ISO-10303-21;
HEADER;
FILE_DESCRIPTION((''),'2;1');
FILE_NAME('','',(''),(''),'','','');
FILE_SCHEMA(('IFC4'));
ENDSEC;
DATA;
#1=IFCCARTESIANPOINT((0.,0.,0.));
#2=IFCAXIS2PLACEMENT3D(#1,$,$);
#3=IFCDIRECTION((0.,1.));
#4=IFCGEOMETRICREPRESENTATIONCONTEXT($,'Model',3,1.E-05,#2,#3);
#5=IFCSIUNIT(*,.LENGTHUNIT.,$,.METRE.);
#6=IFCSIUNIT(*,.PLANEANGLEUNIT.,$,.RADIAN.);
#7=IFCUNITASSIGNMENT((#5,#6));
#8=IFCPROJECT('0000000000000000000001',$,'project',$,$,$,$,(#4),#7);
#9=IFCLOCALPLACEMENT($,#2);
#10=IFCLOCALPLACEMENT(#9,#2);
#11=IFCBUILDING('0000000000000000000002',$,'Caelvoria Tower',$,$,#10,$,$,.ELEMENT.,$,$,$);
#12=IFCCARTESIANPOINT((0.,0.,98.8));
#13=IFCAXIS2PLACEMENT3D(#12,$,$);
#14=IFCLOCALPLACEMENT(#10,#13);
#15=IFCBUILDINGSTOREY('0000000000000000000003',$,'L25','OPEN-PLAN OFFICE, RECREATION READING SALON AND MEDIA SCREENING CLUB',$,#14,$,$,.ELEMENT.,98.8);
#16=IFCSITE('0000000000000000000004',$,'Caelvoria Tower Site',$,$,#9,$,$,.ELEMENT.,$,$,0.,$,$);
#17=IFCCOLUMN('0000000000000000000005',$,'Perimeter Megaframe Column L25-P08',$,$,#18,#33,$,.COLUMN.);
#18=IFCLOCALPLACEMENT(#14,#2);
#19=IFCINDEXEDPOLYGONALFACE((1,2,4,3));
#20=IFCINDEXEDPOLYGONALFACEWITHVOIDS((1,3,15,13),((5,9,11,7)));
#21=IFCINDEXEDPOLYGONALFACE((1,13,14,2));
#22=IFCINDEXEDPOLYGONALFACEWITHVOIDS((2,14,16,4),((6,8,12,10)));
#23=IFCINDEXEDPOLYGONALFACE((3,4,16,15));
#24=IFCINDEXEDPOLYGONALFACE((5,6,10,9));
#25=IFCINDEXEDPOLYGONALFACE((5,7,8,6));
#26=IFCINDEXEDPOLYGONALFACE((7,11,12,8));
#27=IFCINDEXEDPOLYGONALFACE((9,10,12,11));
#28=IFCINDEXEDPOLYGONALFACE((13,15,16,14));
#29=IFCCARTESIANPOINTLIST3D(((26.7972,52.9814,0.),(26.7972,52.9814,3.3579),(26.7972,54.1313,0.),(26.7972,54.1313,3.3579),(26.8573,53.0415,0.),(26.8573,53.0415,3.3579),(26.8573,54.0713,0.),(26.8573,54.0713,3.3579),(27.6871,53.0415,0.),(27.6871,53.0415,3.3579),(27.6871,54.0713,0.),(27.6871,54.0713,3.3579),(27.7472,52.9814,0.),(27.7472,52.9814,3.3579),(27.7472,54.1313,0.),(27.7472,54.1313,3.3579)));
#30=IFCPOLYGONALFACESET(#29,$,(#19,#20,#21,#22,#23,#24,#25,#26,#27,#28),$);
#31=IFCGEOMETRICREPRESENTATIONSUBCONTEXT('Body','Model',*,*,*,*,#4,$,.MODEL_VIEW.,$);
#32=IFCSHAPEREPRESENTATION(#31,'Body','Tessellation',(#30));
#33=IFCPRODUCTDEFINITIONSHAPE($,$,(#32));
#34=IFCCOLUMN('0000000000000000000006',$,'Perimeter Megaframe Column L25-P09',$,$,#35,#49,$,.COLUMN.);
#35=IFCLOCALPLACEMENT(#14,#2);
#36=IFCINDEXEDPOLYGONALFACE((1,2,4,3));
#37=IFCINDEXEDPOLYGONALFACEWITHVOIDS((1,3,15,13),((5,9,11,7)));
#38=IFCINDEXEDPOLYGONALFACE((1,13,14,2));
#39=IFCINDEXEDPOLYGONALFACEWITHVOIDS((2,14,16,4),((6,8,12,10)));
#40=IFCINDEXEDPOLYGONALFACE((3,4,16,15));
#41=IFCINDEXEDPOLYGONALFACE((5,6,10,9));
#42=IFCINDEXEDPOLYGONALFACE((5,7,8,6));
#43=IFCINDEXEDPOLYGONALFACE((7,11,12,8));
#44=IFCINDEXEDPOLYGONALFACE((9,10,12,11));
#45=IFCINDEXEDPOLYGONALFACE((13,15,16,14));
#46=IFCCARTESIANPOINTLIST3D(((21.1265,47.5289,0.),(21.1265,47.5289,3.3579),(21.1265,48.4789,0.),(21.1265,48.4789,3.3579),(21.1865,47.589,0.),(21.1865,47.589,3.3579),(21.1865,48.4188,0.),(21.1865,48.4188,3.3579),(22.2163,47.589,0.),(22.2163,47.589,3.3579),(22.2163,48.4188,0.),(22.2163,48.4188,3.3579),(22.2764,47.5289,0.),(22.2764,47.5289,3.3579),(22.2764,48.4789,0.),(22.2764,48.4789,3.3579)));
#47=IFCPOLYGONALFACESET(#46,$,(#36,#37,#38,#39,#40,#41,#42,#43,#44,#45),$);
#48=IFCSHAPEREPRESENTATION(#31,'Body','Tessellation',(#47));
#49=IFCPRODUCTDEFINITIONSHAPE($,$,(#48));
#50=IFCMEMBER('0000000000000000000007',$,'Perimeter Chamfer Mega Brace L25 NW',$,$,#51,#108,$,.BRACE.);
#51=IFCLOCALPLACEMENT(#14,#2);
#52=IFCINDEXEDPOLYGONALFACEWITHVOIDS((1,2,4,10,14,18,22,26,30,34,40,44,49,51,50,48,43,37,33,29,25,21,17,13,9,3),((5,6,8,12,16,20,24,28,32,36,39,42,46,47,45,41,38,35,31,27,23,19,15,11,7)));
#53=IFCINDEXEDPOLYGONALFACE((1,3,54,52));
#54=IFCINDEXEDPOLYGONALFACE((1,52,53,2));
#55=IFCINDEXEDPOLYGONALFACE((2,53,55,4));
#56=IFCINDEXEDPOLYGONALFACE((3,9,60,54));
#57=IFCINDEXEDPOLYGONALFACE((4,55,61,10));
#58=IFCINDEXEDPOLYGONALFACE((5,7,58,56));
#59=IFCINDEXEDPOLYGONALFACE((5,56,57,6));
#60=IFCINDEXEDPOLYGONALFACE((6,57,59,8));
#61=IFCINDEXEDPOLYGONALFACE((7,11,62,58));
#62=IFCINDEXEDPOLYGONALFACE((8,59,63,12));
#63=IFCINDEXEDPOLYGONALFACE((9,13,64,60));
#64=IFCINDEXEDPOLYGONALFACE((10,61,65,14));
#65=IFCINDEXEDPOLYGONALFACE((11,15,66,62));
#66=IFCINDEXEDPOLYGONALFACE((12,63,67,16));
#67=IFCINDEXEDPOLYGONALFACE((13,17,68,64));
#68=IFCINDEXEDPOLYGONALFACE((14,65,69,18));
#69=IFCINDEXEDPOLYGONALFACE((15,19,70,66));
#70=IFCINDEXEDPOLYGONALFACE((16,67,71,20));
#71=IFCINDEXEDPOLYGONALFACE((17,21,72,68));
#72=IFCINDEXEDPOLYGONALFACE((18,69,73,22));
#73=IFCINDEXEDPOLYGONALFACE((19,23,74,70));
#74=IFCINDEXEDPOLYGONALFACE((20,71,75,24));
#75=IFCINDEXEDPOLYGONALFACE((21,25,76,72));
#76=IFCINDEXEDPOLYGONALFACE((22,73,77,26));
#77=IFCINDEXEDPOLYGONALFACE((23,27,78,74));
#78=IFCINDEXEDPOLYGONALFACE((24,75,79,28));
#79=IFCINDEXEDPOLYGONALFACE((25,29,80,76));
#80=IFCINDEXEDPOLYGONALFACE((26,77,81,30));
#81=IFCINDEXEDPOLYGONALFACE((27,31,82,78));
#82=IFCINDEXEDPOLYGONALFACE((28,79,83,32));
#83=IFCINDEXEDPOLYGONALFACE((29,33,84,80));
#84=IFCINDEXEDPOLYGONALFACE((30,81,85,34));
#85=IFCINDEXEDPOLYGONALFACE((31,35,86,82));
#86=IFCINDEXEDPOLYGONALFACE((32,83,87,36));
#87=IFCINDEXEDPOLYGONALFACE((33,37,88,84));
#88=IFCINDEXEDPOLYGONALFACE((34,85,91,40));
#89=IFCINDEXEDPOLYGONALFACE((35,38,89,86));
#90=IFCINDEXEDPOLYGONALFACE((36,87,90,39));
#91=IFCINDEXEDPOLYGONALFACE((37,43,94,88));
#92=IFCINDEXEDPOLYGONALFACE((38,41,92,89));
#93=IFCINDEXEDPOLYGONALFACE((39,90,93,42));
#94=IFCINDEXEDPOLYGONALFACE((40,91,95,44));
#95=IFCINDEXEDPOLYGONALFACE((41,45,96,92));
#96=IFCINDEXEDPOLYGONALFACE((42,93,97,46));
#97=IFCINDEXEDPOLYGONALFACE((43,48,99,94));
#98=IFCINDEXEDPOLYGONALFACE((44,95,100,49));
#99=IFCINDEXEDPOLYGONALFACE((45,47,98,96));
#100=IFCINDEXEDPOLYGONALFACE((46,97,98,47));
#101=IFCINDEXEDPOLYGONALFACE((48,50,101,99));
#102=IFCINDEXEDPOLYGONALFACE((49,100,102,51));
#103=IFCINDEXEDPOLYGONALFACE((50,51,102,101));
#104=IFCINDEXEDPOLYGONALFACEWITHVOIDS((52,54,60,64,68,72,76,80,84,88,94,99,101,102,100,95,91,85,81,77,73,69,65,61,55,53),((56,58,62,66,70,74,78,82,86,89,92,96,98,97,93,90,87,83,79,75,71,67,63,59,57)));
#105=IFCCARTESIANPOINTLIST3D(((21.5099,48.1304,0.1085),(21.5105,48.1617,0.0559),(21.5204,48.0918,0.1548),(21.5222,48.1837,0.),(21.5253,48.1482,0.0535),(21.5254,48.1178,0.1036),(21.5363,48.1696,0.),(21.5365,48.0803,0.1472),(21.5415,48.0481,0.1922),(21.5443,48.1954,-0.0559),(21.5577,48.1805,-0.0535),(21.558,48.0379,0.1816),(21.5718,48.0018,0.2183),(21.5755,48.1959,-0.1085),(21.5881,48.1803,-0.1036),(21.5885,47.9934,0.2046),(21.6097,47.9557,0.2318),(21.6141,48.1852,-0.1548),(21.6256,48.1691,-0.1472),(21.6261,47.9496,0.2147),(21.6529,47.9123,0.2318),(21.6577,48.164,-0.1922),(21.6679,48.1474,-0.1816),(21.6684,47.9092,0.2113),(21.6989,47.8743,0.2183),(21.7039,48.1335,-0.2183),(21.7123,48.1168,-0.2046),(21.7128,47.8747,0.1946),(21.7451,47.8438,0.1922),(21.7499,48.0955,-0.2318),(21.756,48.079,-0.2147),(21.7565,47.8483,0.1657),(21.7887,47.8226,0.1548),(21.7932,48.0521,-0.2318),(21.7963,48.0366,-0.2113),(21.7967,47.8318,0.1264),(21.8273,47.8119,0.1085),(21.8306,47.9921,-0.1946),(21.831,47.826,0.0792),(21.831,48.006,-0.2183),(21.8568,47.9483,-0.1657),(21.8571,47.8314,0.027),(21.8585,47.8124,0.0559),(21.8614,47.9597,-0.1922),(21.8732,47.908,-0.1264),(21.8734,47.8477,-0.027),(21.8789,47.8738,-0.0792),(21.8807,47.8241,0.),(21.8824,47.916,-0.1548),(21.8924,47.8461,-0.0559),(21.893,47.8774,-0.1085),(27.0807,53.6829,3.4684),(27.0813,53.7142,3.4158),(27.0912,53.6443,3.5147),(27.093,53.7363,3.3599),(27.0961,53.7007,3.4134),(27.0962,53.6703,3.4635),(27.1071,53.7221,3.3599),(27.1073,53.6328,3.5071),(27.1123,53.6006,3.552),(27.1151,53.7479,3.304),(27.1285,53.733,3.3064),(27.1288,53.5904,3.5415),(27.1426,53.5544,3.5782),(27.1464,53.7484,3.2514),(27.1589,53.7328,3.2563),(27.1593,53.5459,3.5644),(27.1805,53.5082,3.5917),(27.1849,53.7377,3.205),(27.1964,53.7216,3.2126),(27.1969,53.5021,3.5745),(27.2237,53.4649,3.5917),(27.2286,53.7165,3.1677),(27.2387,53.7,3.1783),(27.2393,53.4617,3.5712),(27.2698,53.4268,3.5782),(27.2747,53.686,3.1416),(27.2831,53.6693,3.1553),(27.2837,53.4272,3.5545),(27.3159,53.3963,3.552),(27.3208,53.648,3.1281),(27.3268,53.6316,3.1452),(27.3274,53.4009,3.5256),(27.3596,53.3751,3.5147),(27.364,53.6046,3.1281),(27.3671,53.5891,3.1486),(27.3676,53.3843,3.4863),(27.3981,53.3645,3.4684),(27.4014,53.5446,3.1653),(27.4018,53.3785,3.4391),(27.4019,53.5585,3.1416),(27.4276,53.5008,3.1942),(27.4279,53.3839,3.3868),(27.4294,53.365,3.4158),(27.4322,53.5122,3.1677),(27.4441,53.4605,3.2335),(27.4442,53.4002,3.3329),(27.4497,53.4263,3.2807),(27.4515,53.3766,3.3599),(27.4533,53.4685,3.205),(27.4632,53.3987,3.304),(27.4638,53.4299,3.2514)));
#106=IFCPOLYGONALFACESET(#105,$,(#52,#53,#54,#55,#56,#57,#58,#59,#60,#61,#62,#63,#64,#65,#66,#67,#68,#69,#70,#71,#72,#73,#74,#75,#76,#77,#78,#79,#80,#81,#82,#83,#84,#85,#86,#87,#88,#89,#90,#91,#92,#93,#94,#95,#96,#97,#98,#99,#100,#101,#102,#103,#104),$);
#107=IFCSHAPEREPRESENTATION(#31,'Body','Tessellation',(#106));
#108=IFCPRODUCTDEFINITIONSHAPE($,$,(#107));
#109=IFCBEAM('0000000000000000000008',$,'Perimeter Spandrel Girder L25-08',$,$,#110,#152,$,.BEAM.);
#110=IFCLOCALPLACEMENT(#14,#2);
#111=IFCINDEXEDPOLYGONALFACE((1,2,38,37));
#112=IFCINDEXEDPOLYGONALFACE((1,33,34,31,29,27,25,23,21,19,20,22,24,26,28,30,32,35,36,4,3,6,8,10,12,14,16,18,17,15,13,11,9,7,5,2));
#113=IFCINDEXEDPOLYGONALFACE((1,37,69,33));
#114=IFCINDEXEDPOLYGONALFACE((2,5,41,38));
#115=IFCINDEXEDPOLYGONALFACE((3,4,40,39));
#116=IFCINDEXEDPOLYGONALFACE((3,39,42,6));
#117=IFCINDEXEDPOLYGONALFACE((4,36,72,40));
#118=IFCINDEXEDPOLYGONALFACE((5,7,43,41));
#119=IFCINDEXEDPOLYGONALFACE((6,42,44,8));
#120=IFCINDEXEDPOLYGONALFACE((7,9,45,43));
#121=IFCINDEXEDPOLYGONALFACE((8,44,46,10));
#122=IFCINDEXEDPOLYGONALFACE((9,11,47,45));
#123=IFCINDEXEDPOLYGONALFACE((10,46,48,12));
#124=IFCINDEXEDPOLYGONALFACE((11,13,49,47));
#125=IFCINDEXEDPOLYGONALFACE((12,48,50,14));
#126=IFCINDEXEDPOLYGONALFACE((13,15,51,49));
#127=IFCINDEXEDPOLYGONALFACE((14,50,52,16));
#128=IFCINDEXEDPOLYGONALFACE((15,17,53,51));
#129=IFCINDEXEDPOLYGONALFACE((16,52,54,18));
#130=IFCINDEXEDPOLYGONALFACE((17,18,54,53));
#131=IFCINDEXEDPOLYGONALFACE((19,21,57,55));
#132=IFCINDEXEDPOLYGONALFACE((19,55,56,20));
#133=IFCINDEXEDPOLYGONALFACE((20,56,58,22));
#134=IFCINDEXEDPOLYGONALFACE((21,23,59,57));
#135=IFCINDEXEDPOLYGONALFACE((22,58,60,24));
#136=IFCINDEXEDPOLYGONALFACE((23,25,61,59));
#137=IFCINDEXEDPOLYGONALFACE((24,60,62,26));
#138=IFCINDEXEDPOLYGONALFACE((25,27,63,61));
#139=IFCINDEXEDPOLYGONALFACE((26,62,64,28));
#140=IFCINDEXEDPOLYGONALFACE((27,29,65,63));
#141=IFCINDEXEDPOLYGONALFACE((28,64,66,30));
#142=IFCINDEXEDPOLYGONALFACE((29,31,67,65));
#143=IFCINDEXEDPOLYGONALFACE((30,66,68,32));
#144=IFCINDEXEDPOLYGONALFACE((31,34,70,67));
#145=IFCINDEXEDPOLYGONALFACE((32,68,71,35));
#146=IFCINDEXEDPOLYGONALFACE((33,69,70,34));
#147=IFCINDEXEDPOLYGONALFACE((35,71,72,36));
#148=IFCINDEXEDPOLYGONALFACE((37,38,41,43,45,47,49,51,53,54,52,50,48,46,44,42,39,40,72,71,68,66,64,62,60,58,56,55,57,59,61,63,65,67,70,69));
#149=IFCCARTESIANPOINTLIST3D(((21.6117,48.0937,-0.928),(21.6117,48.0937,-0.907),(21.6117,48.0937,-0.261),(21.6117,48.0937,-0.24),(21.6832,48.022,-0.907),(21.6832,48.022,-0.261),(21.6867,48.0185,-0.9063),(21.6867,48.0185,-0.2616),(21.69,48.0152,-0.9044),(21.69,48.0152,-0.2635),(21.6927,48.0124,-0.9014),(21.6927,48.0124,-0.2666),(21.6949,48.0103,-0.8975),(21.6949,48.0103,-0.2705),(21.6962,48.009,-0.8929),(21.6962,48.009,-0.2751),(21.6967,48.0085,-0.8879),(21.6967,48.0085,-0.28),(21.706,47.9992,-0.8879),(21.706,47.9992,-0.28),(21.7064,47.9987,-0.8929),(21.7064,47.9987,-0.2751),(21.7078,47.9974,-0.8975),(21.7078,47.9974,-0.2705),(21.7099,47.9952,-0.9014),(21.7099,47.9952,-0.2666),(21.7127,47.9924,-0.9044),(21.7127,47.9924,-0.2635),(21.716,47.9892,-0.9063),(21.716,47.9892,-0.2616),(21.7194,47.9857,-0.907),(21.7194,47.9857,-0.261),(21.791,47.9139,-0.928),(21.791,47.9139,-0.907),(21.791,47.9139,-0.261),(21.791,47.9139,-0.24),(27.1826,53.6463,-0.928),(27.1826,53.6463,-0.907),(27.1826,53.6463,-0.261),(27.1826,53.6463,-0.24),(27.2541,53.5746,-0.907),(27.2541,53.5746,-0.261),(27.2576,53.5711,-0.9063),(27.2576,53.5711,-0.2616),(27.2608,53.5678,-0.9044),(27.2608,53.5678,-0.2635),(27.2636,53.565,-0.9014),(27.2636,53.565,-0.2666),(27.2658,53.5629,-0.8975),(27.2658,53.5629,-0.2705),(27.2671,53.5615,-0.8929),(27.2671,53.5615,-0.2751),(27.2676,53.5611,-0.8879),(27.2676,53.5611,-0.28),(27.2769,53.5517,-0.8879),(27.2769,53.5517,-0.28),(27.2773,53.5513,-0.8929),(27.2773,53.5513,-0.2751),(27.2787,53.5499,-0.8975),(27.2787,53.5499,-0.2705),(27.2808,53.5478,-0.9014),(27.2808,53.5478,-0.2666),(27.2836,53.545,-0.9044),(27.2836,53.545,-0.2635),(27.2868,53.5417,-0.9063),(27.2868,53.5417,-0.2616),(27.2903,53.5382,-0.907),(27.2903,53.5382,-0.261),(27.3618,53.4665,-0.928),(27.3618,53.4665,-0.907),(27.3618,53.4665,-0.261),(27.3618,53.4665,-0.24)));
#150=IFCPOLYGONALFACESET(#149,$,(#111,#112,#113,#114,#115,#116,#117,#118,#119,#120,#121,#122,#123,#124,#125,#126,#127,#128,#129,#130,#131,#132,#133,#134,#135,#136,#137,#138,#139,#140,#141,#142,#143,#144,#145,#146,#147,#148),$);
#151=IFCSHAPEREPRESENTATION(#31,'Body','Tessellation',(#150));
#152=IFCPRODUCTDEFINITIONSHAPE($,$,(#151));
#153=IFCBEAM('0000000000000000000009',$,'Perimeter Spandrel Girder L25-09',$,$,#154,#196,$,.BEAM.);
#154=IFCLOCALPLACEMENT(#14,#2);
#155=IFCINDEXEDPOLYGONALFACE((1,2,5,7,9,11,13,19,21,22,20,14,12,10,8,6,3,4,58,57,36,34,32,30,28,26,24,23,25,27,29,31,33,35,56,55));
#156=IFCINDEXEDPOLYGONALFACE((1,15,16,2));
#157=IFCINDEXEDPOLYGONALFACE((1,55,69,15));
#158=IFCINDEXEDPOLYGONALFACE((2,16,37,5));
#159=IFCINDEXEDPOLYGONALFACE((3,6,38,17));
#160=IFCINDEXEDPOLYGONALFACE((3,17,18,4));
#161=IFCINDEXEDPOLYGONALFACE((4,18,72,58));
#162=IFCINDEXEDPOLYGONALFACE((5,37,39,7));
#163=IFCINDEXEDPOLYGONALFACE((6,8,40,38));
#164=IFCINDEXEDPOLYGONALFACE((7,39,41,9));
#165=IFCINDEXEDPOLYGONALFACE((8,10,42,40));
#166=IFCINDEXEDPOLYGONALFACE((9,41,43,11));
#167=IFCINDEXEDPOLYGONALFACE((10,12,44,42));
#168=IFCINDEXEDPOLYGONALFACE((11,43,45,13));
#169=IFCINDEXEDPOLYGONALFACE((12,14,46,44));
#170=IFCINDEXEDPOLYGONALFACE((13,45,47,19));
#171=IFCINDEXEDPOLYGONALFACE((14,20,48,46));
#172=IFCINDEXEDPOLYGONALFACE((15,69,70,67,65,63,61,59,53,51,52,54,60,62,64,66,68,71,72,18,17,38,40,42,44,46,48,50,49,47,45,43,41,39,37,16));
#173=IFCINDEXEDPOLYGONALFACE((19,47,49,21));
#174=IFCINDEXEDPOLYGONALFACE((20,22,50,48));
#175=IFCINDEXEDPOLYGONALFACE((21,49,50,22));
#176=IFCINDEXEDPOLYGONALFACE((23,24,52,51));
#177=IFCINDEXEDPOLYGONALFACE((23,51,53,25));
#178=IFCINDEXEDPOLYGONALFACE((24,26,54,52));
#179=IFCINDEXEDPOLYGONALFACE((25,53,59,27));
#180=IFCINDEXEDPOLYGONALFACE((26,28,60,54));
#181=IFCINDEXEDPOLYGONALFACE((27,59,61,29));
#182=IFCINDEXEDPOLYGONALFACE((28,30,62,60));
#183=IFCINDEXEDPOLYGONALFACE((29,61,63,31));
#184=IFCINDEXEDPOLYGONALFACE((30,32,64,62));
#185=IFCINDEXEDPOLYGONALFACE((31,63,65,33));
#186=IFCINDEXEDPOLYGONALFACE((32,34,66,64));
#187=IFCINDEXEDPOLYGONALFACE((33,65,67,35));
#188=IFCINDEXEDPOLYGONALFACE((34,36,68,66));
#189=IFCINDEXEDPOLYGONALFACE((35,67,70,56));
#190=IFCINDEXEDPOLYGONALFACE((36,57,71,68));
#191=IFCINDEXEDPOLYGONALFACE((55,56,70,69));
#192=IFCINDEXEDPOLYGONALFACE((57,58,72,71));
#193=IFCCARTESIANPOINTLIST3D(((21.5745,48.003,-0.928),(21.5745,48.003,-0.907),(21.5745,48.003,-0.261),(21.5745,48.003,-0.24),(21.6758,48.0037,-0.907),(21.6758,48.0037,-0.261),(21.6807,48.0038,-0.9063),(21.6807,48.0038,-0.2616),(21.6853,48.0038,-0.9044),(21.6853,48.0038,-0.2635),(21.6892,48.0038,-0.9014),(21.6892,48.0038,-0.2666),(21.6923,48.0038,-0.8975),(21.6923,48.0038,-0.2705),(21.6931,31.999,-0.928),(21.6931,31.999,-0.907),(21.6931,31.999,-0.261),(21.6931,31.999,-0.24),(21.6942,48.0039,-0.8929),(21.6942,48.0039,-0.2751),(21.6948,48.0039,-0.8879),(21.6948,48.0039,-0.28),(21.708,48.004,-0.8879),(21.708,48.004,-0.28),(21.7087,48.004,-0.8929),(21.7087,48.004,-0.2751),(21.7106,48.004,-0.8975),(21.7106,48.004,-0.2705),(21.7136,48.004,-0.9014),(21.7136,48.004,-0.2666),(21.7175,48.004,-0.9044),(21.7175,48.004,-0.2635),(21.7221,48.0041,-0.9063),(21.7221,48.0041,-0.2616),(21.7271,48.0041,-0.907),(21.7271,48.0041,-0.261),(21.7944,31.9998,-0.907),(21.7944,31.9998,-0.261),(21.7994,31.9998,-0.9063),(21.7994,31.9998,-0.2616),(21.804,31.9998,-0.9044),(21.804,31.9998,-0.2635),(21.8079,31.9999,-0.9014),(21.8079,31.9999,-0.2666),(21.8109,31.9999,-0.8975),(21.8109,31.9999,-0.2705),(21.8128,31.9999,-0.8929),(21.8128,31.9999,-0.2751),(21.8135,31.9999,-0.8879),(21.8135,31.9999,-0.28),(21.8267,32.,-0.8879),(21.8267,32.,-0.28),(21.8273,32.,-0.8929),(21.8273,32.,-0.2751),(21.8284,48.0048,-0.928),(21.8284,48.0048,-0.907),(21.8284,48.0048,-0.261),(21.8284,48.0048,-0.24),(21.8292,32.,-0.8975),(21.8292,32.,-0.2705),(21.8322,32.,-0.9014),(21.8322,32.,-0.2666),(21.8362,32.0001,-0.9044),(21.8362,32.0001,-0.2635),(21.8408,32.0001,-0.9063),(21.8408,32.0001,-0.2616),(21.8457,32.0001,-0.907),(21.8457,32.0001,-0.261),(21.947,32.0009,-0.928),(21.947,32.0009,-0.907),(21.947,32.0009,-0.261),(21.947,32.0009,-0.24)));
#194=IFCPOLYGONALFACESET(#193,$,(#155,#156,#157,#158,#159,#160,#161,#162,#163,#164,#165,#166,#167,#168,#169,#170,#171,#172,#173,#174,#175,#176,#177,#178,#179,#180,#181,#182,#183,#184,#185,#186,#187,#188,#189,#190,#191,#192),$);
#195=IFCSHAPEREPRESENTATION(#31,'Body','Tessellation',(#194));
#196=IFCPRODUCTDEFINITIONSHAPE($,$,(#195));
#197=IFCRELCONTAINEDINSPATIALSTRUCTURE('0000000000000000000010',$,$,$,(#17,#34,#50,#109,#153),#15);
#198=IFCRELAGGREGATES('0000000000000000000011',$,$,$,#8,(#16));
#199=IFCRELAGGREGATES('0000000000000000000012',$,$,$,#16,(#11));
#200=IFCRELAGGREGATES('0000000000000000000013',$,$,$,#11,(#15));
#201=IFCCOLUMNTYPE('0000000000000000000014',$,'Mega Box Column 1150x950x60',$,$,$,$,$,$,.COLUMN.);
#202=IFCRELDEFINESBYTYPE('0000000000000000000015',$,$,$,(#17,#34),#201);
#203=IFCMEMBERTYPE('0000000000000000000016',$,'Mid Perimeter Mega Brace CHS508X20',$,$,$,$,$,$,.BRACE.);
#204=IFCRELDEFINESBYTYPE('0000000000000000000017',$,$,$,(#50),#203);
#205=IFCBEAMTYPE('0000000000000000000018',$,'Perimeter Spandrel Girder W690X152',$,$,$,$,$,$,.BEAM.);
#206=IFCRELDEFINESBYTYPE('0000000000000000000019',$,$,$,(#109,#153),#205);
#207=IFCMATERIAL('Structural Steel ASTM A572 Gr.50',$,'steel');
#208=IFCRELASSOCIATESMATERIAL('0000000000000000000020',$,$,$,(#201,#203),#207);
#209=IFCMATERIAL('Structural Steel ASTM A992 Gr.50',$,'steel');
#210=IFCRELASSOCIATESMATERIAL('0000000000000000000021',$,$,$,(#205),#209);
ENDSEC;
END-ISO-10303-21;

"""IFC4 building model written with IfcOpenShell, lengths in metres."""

from ifc_helpers import new_model, si_unit, direction, frame, origin, origin_2d, place, context, subcontext, project, spatial, hollow_rectangle, hollow_circle, i_section, extrude, material, material_profile, profile_set, type_object, element, save


model = new_model("IFC4")

# Units and contexts
model_context = context("Model", 3, precision=1e-05, world=origin(), true_north=direction((0.0, 1.0)))
body_context = subcontext(model_context, "Body", "Model", "MODEL_VIEW")
ifc_project = project(units=[si_unit("LENGTHUNIT", "METRE"), si_unit("PLANEANGLEUNIT", "RADIAN")], contexts=[model_context])

# Site, building, storey
site_placement = place(None, origin())
site = spatial("IfcSite", under=ifc_project, at=site_placement, Name="Caelvoria Tower Site", CompositionType="ELEMENT", RefElevation=0.0)
building_placement = place(site_placement, origin())
building = spatial("IfcBuilding", under=site, at=building_placement, Name="Caelvoria Tower", CompositionType="ELEMENT")
storey_placement = place(building_placement, frame((0.0, 0.0, 98.8)))
storey = spatial("IfcBuildingStorey", under=building, at=storey_placement, Name="L25", Description="OPEN-PLAN OFFICE, RECREATION READING SALON AND MEDIA SCREENING CLUB", CompositionType="ELEMENT", Elevation=98.8)

# Columns
ifc_material_1 = material(Name="Structural Steel ASTM A572 Gr.50", Category="steel")
ifc_material_profile_1 = material_profile(ifc_material_1, hollow_rectangle(XDim=0.95, YDim=1.1499, WallThickness=0.0601, at=origin_2d()), Name="Structural Steel ASTM A572 Gr.50")
ifc_profile_set_1 = profile_set([ifc_material_profile_1], Name="BOX1150X950X60 - Structural Steel ASTM A572 Gr.50")
column_type = type_object("IfcColumnType", Name="Mega Box Column 1150x950x60", PredefinedType="COLUMN", material=ifc_profile_set_1)
for number, where, z_axis, x_axis, name in (
    (1, (27.2722, 53.5564, 0.0), (0.0, 0.0, 1.0), (1.0, 0.0, 0.0), "Perimeter Megaframe Column L25-P08"),
    (2, (21.7014, 48.0039, 0.0), (0.0, 0.0, 1.0), (0.0, 1.0, 0.0), "Perimeter Megaframe Column L25-P09"),
):
    element("IfcColumn", number, at=place(storey_placement, frame(where, z_axis=z_axis, x_axis=x_axis)), inside=storey, type_object=column_type, Name=name, PredefinedType="COLUMN", context=body_context, shape_type="SweptSolid", body=[
        extrude(hollow_rectangle(XDim=0.95, YDim=1.1499, WallThickness=0.0601, at=origin_2d()), origin(), (0.0, 0.0, 1.0), 3.3579),
    ])

# Member
ifc_material_profile_2 = material_profile(ifc_material_1, hollow_circle(Radius=0.2539, WallThickness=0.02, at=origin_2d()), Name="Structural Steel ASTM A572 Gr.50")
ifc_profile_set_2 = profile_set([ifc_material_profile_2], Name="CHS508X20 - Structural Steel ASTM A572 Gr.50")
member_type = type_object("IfcMemberType", Name="Mid Perimeter Mega Brace CHS508X20", PredefinedType="BRACE", material=ifc_profile_set_2)
member_placement = place(storey_placement, frame((21.7014, 48.0039, 0.0), z_axis=(0.651332, 0.649191, 0.392832), x_axis=(-0.705942, 0.70827, 0.0)))
element("IfcMember", 3, at=member_placement, inside=storey, type_object=member_type, Name="Perimeter Chamfer Mega Brace L25 NW", PredefinedType="BRACE", context=body_context, shape_type="SweptSolid", body=[
    extrude(hollow_circle(Radius=0.2539, WallThickness=0.02, at=origin_2d()), origin(), (0.0, 0.0, 1.0), 8.553),
])

# Beams
ifc_material_2 = material(Name="Structural Steel ASTM A992 Gr.50", Category="steel")
ifc_material_profile_3 = material_profile(ifc_material_2, i_section(OverallWidth=0.2539, OverallDepth=0.688, WebThickness=0.0132, FlangeThickness=0.021, FilletRadius=0.019, at=origin_2d()), Name="Structural Steel ASTM A992 Gr.50")
ifc_profile_set_3 = profile_set([ifc_material_profile_3], Name="W690X152 - Structural Steel ASTM A992 Gr.50")
beam_type_1 = type_object("IfcBeamType", Name="Perimeter Spandrel Girder W690X152", PredefinedType="BEAM", material=ifc_profile_set_3)
beam_1_placement = place(storey_placement, frame((27.2722, 53.5564, -0.584), z_axis=(-0.70827, -0.705942, 0.0), x_axis=(0.705942, -0.70827, 0.0)))
element("IfcBeam", 4, at=beam_1_placement, inside=storey, type_object=beam_type_1, Name="Perimeter Spandrel Girder L25-08", PredefinedType="BEAM", context=body_context, shape_type="SweptSolid", body=[
    extrude(i_section(OverallWidth=0.2539, OverallDepth=0.688, WebThickness=0.0132, FlangeThickness=0.021, FilletRadius=0.019, at=origin_2d()), origin(), (0.0, 0.0, 1.0), 7.8655),
])
beam_2_placement = place(storey_placement, frame((21.7014, 48.0039, -0.584), z_axis=(0.007414, -0.999973, 0.0), x_axis=(0.999973, 0.007414, 0.0)))
element("IfcBeam", 5, at=beam_2_placement, inside=storey, type_object=beam_type_1, Name="Perimeter Spandrel Girder L25-09", PredefinedType="BEAM", context=body_context, shape_type="SweptSolid", body=[
    extrude(i_section(OverallWidth=0.2539, OverallDepth=0.688, WebThickness=0.0132, FlangeThickness=0.021, FilletRadius=0.019, at=origin_2d()), origin(), (0.0, 0.0, 1.0), 16.0044),
])

save(model, "model.ifc")
